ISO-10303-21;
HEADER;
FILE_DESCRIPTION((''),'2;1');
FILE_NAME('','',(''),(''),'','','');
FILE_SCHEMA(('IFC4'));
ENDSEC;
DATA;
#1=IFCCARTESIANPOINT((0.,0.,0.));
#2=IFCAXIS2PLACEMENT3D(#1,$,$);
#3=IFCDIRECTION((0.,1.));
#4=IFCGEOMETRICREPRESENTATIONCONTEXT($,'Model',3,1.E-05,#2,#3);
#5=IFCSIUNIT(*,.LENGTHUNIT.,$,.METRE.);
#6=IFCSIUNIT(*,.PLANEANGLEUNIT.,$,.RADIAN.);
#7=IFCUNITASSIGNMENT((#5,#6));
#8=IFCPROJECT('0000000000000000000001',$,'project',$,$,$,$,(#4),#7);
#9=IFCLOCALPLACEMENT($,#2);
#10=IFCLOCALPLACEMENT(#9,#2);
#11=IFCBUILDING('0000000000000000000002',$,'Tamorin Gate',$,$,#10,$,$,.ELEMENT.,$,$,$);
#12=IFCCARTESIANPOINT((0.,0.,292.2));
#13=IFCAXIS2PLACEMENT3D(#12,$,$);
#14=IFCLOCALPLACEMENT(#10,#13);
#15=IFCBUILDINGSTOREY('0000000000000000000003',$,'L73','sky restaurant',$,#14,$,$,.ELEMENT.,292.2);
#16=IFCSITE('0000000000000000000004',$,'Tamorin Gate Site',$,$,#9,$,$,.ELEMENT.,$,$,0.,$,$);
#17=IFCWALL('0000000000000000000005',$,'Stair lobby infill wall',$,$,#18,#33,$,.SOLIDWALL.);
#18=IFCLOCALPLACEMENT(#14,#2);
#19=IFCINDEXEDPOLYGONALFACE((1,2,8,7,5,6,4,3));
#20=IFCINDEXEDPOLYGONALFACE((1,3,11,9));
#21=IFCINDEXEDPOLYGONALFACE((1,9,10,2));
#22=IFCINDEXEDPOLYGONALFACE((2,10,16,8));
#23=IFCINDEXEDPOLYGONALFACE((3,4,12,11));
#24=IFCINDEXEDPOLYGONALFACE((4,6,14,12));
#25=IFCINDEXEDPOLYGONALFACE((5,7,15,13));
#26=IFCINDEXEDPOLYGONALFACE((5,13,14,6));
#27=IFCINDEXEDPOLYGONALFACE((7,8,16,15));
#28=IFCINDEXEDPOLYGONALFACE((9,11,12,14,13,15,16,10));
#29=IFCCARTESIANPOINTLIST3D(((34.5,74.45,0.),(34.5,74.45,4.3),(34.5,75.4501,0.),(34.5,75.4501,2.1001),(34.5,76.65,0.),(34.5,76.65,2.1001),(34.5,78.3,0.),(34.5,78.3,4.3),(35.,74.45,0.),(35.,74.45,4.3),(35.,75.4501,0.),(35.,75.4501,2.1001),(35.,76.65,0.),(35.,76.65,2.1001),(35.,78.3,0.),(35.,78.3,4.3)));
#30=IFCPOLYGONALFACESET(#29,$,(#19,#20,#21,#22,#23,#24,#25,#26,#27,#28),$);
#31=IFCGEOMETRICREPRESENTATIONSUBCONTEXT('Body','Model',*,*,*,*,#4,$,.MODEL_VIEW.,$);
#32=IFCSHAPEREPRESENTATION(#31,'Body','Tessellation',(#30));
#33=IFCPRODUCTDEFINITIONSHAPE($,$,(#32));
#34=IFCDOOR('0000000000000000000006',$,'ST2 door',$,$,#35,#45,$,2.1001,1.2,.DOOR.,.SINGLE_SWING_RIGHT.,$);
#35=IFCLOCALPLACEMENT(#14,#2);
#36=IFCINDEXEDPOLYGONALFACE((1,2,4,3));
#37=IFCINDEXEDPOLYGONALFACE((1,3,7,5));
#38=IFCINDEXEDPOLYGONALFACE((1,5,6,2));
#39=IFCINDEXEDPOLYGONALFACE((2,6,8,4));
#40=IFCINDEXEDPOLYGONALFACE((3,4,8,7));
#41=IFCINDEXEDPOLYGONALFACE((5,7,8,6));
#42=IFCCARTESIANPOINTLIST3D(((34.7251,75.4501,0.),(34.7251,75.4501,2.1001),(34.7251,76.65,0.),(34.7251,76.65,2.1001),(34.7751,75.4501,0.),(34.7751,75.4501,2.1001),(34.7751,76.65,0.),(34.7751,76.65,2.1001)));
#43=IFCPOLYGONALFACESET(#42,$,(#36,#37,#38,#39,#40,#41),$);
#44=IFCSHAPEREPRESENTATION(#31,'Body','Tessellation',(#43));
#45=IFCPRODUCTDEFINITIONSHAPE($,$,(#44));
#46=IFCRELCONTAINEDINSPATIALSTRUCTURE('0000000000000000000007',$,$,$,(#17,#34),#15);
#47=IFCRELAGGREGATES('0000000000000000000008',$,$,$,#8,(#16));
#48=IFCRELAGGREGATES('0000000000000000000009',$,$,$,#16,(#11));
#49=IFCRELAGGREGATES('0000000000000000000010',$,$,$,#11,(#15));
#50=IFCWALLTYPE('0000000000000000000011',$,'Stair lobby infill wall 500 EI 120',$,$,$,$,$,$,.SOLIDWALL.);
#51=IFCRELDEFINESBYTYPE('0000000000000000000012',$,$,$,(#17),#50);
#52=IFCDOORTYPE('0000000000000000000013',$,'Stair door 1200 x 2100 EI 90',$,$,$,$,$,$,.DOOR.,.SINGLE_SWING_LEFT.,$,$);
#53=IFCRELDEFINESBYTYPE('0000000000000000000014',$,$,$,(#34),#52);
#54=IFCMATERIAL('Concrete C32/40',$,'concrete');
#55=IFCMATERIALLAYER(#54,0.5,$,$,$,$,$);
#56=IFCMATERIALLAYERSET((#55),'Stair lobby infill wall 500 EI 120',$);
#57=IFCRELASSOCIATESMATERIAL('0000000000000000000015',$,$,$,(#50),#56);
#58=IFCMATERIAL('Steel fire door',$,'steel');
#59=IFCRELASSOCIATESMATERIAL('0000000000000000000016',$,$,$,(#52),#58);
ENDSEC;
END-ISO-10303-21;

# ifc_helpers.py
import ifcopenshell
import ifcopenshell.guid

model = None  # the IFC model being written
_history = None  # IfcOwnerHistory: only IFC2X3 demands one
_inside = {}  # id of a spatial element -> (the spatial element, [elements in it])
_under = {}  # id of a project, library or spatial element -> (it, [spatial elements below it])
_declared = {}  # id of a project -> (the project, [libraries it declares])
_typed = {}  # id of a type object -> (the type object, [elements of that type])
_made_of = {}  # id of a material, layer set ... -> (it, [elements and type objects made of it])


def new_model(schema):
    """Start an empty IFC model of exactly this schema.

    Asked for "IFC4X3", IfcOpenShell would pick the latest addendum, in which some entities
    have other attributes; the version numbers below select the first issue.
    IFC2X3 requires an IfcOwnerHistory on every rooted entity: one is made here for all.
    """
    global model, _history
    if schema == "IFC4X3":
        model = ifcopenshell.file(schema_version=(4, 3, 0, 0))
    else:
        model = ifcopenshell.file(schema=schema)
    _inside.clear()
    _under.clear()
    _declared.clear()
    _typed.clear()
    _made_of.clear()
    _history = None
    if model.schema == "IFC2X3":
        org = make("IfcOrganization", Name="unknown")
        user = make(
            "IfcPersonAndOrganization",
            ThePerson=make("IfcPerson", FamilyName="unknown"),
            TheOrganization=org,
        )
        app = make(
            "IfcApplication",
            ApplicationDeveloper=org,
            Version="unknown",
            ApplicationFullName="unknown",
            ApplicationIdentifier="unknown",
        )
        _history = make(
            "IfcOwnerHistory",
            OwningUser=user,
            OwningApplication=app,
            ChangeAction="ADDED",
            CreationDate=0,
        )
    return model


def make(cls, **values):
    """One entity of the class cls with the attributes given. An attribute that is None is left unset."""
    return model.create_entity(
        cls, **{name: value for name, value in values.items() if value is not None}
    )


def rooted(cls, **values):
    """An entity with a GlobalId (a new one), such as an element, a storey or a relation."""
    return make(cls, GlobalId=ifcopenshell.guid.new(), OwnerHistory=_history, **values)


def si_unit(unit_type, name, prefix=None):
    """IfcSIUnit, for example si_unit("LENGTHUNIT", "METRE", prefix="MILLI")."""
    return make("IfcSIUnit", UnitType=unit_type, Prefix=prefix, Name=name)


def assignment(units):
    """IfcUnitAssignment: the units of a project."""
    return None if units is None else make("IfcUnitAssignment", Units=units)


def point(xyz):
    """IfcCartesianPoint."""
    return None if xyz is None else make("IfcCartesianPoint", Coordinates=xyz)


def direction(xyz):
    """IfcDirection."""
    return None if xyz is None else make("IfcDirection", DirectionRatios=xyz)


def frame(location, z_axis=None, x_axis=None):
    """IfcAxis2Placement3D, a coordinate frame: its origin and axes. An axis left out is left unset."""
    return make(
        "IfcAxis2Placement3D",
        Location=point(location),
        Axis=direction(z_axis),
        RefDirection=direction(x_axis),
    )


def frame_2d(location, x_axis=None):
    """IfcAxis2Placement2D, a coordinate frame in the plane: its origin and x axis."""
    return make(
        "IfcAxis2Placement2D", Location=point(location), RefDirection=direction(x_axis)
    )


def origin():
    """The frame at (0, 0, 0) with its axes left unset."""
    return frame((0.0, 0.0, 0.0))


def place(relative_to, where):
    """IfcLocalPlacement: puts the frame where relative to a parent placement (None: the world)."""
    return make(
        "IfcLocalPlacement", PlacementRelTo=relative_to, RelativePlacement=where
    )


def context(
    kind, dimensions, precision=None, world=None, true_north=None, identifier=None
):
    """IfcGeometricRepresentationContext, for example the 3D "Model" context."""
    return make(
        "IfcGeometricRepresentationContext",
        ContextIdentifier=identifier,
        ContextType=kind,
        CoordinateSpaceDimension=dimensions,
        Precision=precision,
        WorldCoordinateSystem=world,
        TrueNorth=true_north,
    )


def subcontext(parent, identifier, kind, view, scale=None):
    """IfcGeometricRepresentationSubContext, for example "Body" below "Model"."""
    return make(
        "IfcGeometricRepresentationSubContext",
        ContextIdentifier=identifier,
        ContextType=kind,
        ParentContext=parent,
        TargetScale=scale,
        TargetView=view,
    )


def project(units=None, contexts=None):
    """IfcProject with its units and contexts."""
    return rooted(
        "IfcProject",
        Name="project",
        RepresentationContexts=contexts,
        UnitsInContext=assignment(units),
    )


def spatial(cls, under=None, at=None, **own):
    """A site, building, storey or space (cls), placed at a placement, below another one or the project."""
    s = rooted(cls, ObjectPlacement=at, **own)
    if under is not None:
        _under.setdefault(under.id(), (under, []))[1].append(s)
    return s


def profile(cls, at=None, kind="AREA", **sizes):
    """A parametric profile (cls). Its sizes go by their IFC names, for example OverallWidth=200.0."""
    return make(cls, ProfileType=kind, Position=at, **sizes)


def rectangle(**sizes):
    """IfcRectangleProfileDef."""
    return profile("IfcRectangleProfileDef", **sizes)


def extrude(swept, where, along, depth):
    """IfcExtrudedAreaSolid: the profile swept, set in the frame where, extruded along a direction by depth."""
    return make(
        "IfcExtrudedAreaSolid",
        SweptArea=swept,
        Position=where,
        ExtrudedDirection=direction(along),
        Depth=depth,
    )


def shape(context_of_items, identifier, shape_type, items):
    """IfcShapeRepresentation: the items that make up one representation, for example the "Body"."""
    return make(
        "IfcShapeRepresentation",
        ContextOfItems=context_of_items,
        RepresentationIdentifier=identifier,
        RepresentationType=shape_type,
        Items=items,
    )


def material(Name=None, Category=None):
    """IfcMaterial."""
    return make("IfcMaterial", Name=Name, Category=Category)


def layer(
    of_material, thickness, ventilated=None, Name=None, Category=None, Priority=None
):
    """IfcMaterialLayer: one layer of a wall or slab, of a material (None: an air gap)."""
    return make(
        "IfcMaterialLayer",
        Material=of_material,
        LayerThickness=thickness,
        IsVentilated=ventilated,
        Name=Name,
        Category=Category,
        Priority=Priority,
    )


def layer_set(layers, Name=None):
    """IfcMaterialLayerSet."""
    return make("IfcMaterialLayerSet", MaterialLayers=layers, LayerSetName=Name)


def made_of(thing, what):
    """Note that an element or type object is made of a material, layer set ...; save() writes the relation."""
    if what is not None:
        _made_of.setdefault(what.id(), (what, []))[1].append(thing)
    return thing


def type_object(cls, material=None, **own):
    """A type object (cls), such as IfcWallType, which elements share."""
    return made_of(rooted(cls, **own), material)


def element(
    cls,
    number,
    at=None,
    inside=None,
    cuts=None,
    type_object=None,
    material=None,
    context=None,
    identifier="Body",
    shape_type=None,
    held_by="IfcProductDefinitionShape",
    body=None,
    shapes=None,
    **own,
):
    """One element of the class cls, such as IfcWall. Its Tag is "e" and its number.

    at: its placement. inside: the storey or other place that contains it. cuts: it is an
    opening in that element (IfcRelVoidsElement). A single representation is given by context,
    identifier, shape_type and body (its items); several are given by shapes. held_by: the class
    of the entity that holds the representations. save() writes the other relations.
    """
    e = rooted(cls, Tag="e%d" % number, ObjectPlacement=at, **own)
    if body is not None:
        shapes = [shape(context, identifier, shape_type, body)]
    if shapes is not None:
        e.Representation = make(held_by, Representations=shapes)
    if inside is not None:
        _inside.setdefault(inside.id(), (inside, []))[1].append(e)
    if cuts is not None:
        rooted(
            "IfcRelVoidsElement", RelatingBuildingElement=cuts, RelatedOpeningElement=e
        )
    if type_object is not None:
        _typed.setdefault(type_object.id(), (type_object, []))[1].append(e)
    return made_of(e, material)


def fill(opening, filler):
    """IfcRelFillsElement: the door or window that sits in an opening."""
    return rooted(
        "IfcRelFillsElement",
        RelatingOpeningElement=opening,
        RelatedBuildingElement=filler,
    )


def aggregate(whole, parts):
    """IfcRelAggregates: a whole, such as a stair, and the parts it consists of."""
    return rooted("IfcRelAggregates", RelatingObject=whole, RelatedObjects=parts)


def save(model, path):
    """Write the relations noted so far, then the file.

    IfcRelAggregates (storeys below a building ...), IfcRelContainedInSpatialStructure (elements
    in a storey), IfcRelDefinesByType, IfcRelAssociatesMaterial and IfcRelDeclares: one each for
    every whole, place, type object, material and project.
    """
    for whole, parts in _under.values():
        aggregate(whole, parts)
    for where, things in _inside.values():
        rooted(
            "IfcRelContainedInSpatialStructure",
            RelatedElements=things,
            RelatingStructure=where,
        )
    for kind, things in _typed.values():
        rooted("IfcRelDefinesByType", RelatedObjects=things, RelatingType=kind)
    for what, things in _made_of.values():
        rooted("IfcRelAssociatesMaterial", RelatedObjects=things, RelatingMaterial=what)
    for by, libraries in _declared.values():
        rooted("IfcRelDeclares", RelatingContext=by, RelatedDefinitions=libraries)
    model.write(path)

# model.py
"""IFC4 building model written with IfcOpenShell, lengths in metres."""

from ifc_helpers import new_model, si_unit, direction, frame, frame_2d, origin, place, context, subcontext, project, spatial, rectangle, extrude, material, layer, layer_set, type_object, element, fill, save


model = new_model("IFC4")

# Units and contexts
model_context = context("Model", 3, precision=1e-05, world=origin(), true_north=direction((0.0, 1.0)))
body_context = subcontext(model_context, "Body", "Model", "MODEL_VIEW")
ifc_project = project(units=[si_unit("LENGTHUNIT", "METRE"), si_unit("PLANEANGLEUNIT", "RADIAN")], contexts=[model_context])

# Site, building, storey
site_placement = place(None, origin())
site = spatial("IfcSite", under=ifc_project, at=site_placement, Name="Tamorin Gate Site", CompositionType="ELEMENT", RefElevation=0.0)
building_placement = place(site_placement, origin())
building = spatial("IfcBuilding", under=site, at=building_placement, Name="Tamorin Gate", CompositionType="ELEMENT")
storey_placement = place(building_placement, frame((0.0, 0.0, 292.2)))
storey = spatial("IfcBuildingStorey", under=building, at=storey_placement, Name="L73", Description="sky restaurant", CompositionType="ELEMENT", Elevation=292.2)

# Shared definitions
ifc_material_1 = material(Name="Concrete C32/40", Category="concrete")

# Shared definitions
ifc_material_2 = material(Name="Steel fire door", Category="steel")

# Wall, opening, door
ifc_layer_1 = layer(ifc_material_1, 0.5)
ifc_layer_set_1 = layer_set([ifc_layer_1], Name="Stair lobby infill wall 500 EI 120")
wall_type_1 = type_object("IfcWallType", Name="Stair lobby infill wall 500 EI 120", PredefinedType="SOLIDWALL", material=ifc_layer_set_1)
wall_1_placement = place(storey_placement, frame((34.75, 74.45, 0.0), z_axis=(0.0, 0.0, 1.0), x_axis=(0.0, 1.0, 0.0)))
wall_1 = element("IfcWall", 1, at=wall_1_placement, inside=storey, type_object=wall_type_1, Name="Stair lobby infill wall", PredefinedType="SOLIDWALL", context=body_context, shape_type="SweptSolid", body=[
    extrude(rectangle(XDim=3.8501, YDim=0.5, at=frame_2d((1.925, 0.0))), origin(), (0.0, 0.0, 1.0), 4.3),
])
opening_1_placement = place(wall_1_placement, frame((1.0, 0.0, 0.0)))
opening_1 = element("IfcOpeningElement", 2, at=opening_1_placement, cuts=wall_1, PredefinedType="OPENING", context=body_context, shape_type="SweptSolid", body=[
    extrude(rectangle(XDim=1.2, YDim=2.1001, at=frame_2d((0.6001, 1.05))), frame((0.0, 0.26, 0.0), z_axis=(0.0, -1.0, 0.0), x_axis=(1.0, 0.0, 0.0)), (0.0, 0.0, 1.0), 0.52),
])
door_type_1 = type_object("IfcDoorType", Name="Stair door 1200 x 2100 EI 90", OperationType="SINGLE_SWING_LEFT", PredefinedType="DOOR", material=ifc_material_2)
door_1_placement = place(opening_1_placement, origin())
door_1 = element("IfcDoor", 3, at=door_1_placement, inside=storey, type_object=door_type_1, Name="ST2 door", OperationType="SINGLE_SWING_RIGHT", OverallHeight=2.1001, OverallWidth=1.2, PredefinedType="DOOR", context=body_context, shape_type="SweptSolid", body=[
    extrude(rectangle(XDim=1.2, YDim=2.1001, at=frame_2d((0.6001, 1.05))), frame((0.0, 0.0249, 0.0), z_axis=(0.0, -1.0, 0.0), x_axis=(1.0, 0.0, 0.0)), (0.0, 0.0, 1.0), 0.05),
])
fill(opening_1, door_1)

save(model, "model.ifc")
